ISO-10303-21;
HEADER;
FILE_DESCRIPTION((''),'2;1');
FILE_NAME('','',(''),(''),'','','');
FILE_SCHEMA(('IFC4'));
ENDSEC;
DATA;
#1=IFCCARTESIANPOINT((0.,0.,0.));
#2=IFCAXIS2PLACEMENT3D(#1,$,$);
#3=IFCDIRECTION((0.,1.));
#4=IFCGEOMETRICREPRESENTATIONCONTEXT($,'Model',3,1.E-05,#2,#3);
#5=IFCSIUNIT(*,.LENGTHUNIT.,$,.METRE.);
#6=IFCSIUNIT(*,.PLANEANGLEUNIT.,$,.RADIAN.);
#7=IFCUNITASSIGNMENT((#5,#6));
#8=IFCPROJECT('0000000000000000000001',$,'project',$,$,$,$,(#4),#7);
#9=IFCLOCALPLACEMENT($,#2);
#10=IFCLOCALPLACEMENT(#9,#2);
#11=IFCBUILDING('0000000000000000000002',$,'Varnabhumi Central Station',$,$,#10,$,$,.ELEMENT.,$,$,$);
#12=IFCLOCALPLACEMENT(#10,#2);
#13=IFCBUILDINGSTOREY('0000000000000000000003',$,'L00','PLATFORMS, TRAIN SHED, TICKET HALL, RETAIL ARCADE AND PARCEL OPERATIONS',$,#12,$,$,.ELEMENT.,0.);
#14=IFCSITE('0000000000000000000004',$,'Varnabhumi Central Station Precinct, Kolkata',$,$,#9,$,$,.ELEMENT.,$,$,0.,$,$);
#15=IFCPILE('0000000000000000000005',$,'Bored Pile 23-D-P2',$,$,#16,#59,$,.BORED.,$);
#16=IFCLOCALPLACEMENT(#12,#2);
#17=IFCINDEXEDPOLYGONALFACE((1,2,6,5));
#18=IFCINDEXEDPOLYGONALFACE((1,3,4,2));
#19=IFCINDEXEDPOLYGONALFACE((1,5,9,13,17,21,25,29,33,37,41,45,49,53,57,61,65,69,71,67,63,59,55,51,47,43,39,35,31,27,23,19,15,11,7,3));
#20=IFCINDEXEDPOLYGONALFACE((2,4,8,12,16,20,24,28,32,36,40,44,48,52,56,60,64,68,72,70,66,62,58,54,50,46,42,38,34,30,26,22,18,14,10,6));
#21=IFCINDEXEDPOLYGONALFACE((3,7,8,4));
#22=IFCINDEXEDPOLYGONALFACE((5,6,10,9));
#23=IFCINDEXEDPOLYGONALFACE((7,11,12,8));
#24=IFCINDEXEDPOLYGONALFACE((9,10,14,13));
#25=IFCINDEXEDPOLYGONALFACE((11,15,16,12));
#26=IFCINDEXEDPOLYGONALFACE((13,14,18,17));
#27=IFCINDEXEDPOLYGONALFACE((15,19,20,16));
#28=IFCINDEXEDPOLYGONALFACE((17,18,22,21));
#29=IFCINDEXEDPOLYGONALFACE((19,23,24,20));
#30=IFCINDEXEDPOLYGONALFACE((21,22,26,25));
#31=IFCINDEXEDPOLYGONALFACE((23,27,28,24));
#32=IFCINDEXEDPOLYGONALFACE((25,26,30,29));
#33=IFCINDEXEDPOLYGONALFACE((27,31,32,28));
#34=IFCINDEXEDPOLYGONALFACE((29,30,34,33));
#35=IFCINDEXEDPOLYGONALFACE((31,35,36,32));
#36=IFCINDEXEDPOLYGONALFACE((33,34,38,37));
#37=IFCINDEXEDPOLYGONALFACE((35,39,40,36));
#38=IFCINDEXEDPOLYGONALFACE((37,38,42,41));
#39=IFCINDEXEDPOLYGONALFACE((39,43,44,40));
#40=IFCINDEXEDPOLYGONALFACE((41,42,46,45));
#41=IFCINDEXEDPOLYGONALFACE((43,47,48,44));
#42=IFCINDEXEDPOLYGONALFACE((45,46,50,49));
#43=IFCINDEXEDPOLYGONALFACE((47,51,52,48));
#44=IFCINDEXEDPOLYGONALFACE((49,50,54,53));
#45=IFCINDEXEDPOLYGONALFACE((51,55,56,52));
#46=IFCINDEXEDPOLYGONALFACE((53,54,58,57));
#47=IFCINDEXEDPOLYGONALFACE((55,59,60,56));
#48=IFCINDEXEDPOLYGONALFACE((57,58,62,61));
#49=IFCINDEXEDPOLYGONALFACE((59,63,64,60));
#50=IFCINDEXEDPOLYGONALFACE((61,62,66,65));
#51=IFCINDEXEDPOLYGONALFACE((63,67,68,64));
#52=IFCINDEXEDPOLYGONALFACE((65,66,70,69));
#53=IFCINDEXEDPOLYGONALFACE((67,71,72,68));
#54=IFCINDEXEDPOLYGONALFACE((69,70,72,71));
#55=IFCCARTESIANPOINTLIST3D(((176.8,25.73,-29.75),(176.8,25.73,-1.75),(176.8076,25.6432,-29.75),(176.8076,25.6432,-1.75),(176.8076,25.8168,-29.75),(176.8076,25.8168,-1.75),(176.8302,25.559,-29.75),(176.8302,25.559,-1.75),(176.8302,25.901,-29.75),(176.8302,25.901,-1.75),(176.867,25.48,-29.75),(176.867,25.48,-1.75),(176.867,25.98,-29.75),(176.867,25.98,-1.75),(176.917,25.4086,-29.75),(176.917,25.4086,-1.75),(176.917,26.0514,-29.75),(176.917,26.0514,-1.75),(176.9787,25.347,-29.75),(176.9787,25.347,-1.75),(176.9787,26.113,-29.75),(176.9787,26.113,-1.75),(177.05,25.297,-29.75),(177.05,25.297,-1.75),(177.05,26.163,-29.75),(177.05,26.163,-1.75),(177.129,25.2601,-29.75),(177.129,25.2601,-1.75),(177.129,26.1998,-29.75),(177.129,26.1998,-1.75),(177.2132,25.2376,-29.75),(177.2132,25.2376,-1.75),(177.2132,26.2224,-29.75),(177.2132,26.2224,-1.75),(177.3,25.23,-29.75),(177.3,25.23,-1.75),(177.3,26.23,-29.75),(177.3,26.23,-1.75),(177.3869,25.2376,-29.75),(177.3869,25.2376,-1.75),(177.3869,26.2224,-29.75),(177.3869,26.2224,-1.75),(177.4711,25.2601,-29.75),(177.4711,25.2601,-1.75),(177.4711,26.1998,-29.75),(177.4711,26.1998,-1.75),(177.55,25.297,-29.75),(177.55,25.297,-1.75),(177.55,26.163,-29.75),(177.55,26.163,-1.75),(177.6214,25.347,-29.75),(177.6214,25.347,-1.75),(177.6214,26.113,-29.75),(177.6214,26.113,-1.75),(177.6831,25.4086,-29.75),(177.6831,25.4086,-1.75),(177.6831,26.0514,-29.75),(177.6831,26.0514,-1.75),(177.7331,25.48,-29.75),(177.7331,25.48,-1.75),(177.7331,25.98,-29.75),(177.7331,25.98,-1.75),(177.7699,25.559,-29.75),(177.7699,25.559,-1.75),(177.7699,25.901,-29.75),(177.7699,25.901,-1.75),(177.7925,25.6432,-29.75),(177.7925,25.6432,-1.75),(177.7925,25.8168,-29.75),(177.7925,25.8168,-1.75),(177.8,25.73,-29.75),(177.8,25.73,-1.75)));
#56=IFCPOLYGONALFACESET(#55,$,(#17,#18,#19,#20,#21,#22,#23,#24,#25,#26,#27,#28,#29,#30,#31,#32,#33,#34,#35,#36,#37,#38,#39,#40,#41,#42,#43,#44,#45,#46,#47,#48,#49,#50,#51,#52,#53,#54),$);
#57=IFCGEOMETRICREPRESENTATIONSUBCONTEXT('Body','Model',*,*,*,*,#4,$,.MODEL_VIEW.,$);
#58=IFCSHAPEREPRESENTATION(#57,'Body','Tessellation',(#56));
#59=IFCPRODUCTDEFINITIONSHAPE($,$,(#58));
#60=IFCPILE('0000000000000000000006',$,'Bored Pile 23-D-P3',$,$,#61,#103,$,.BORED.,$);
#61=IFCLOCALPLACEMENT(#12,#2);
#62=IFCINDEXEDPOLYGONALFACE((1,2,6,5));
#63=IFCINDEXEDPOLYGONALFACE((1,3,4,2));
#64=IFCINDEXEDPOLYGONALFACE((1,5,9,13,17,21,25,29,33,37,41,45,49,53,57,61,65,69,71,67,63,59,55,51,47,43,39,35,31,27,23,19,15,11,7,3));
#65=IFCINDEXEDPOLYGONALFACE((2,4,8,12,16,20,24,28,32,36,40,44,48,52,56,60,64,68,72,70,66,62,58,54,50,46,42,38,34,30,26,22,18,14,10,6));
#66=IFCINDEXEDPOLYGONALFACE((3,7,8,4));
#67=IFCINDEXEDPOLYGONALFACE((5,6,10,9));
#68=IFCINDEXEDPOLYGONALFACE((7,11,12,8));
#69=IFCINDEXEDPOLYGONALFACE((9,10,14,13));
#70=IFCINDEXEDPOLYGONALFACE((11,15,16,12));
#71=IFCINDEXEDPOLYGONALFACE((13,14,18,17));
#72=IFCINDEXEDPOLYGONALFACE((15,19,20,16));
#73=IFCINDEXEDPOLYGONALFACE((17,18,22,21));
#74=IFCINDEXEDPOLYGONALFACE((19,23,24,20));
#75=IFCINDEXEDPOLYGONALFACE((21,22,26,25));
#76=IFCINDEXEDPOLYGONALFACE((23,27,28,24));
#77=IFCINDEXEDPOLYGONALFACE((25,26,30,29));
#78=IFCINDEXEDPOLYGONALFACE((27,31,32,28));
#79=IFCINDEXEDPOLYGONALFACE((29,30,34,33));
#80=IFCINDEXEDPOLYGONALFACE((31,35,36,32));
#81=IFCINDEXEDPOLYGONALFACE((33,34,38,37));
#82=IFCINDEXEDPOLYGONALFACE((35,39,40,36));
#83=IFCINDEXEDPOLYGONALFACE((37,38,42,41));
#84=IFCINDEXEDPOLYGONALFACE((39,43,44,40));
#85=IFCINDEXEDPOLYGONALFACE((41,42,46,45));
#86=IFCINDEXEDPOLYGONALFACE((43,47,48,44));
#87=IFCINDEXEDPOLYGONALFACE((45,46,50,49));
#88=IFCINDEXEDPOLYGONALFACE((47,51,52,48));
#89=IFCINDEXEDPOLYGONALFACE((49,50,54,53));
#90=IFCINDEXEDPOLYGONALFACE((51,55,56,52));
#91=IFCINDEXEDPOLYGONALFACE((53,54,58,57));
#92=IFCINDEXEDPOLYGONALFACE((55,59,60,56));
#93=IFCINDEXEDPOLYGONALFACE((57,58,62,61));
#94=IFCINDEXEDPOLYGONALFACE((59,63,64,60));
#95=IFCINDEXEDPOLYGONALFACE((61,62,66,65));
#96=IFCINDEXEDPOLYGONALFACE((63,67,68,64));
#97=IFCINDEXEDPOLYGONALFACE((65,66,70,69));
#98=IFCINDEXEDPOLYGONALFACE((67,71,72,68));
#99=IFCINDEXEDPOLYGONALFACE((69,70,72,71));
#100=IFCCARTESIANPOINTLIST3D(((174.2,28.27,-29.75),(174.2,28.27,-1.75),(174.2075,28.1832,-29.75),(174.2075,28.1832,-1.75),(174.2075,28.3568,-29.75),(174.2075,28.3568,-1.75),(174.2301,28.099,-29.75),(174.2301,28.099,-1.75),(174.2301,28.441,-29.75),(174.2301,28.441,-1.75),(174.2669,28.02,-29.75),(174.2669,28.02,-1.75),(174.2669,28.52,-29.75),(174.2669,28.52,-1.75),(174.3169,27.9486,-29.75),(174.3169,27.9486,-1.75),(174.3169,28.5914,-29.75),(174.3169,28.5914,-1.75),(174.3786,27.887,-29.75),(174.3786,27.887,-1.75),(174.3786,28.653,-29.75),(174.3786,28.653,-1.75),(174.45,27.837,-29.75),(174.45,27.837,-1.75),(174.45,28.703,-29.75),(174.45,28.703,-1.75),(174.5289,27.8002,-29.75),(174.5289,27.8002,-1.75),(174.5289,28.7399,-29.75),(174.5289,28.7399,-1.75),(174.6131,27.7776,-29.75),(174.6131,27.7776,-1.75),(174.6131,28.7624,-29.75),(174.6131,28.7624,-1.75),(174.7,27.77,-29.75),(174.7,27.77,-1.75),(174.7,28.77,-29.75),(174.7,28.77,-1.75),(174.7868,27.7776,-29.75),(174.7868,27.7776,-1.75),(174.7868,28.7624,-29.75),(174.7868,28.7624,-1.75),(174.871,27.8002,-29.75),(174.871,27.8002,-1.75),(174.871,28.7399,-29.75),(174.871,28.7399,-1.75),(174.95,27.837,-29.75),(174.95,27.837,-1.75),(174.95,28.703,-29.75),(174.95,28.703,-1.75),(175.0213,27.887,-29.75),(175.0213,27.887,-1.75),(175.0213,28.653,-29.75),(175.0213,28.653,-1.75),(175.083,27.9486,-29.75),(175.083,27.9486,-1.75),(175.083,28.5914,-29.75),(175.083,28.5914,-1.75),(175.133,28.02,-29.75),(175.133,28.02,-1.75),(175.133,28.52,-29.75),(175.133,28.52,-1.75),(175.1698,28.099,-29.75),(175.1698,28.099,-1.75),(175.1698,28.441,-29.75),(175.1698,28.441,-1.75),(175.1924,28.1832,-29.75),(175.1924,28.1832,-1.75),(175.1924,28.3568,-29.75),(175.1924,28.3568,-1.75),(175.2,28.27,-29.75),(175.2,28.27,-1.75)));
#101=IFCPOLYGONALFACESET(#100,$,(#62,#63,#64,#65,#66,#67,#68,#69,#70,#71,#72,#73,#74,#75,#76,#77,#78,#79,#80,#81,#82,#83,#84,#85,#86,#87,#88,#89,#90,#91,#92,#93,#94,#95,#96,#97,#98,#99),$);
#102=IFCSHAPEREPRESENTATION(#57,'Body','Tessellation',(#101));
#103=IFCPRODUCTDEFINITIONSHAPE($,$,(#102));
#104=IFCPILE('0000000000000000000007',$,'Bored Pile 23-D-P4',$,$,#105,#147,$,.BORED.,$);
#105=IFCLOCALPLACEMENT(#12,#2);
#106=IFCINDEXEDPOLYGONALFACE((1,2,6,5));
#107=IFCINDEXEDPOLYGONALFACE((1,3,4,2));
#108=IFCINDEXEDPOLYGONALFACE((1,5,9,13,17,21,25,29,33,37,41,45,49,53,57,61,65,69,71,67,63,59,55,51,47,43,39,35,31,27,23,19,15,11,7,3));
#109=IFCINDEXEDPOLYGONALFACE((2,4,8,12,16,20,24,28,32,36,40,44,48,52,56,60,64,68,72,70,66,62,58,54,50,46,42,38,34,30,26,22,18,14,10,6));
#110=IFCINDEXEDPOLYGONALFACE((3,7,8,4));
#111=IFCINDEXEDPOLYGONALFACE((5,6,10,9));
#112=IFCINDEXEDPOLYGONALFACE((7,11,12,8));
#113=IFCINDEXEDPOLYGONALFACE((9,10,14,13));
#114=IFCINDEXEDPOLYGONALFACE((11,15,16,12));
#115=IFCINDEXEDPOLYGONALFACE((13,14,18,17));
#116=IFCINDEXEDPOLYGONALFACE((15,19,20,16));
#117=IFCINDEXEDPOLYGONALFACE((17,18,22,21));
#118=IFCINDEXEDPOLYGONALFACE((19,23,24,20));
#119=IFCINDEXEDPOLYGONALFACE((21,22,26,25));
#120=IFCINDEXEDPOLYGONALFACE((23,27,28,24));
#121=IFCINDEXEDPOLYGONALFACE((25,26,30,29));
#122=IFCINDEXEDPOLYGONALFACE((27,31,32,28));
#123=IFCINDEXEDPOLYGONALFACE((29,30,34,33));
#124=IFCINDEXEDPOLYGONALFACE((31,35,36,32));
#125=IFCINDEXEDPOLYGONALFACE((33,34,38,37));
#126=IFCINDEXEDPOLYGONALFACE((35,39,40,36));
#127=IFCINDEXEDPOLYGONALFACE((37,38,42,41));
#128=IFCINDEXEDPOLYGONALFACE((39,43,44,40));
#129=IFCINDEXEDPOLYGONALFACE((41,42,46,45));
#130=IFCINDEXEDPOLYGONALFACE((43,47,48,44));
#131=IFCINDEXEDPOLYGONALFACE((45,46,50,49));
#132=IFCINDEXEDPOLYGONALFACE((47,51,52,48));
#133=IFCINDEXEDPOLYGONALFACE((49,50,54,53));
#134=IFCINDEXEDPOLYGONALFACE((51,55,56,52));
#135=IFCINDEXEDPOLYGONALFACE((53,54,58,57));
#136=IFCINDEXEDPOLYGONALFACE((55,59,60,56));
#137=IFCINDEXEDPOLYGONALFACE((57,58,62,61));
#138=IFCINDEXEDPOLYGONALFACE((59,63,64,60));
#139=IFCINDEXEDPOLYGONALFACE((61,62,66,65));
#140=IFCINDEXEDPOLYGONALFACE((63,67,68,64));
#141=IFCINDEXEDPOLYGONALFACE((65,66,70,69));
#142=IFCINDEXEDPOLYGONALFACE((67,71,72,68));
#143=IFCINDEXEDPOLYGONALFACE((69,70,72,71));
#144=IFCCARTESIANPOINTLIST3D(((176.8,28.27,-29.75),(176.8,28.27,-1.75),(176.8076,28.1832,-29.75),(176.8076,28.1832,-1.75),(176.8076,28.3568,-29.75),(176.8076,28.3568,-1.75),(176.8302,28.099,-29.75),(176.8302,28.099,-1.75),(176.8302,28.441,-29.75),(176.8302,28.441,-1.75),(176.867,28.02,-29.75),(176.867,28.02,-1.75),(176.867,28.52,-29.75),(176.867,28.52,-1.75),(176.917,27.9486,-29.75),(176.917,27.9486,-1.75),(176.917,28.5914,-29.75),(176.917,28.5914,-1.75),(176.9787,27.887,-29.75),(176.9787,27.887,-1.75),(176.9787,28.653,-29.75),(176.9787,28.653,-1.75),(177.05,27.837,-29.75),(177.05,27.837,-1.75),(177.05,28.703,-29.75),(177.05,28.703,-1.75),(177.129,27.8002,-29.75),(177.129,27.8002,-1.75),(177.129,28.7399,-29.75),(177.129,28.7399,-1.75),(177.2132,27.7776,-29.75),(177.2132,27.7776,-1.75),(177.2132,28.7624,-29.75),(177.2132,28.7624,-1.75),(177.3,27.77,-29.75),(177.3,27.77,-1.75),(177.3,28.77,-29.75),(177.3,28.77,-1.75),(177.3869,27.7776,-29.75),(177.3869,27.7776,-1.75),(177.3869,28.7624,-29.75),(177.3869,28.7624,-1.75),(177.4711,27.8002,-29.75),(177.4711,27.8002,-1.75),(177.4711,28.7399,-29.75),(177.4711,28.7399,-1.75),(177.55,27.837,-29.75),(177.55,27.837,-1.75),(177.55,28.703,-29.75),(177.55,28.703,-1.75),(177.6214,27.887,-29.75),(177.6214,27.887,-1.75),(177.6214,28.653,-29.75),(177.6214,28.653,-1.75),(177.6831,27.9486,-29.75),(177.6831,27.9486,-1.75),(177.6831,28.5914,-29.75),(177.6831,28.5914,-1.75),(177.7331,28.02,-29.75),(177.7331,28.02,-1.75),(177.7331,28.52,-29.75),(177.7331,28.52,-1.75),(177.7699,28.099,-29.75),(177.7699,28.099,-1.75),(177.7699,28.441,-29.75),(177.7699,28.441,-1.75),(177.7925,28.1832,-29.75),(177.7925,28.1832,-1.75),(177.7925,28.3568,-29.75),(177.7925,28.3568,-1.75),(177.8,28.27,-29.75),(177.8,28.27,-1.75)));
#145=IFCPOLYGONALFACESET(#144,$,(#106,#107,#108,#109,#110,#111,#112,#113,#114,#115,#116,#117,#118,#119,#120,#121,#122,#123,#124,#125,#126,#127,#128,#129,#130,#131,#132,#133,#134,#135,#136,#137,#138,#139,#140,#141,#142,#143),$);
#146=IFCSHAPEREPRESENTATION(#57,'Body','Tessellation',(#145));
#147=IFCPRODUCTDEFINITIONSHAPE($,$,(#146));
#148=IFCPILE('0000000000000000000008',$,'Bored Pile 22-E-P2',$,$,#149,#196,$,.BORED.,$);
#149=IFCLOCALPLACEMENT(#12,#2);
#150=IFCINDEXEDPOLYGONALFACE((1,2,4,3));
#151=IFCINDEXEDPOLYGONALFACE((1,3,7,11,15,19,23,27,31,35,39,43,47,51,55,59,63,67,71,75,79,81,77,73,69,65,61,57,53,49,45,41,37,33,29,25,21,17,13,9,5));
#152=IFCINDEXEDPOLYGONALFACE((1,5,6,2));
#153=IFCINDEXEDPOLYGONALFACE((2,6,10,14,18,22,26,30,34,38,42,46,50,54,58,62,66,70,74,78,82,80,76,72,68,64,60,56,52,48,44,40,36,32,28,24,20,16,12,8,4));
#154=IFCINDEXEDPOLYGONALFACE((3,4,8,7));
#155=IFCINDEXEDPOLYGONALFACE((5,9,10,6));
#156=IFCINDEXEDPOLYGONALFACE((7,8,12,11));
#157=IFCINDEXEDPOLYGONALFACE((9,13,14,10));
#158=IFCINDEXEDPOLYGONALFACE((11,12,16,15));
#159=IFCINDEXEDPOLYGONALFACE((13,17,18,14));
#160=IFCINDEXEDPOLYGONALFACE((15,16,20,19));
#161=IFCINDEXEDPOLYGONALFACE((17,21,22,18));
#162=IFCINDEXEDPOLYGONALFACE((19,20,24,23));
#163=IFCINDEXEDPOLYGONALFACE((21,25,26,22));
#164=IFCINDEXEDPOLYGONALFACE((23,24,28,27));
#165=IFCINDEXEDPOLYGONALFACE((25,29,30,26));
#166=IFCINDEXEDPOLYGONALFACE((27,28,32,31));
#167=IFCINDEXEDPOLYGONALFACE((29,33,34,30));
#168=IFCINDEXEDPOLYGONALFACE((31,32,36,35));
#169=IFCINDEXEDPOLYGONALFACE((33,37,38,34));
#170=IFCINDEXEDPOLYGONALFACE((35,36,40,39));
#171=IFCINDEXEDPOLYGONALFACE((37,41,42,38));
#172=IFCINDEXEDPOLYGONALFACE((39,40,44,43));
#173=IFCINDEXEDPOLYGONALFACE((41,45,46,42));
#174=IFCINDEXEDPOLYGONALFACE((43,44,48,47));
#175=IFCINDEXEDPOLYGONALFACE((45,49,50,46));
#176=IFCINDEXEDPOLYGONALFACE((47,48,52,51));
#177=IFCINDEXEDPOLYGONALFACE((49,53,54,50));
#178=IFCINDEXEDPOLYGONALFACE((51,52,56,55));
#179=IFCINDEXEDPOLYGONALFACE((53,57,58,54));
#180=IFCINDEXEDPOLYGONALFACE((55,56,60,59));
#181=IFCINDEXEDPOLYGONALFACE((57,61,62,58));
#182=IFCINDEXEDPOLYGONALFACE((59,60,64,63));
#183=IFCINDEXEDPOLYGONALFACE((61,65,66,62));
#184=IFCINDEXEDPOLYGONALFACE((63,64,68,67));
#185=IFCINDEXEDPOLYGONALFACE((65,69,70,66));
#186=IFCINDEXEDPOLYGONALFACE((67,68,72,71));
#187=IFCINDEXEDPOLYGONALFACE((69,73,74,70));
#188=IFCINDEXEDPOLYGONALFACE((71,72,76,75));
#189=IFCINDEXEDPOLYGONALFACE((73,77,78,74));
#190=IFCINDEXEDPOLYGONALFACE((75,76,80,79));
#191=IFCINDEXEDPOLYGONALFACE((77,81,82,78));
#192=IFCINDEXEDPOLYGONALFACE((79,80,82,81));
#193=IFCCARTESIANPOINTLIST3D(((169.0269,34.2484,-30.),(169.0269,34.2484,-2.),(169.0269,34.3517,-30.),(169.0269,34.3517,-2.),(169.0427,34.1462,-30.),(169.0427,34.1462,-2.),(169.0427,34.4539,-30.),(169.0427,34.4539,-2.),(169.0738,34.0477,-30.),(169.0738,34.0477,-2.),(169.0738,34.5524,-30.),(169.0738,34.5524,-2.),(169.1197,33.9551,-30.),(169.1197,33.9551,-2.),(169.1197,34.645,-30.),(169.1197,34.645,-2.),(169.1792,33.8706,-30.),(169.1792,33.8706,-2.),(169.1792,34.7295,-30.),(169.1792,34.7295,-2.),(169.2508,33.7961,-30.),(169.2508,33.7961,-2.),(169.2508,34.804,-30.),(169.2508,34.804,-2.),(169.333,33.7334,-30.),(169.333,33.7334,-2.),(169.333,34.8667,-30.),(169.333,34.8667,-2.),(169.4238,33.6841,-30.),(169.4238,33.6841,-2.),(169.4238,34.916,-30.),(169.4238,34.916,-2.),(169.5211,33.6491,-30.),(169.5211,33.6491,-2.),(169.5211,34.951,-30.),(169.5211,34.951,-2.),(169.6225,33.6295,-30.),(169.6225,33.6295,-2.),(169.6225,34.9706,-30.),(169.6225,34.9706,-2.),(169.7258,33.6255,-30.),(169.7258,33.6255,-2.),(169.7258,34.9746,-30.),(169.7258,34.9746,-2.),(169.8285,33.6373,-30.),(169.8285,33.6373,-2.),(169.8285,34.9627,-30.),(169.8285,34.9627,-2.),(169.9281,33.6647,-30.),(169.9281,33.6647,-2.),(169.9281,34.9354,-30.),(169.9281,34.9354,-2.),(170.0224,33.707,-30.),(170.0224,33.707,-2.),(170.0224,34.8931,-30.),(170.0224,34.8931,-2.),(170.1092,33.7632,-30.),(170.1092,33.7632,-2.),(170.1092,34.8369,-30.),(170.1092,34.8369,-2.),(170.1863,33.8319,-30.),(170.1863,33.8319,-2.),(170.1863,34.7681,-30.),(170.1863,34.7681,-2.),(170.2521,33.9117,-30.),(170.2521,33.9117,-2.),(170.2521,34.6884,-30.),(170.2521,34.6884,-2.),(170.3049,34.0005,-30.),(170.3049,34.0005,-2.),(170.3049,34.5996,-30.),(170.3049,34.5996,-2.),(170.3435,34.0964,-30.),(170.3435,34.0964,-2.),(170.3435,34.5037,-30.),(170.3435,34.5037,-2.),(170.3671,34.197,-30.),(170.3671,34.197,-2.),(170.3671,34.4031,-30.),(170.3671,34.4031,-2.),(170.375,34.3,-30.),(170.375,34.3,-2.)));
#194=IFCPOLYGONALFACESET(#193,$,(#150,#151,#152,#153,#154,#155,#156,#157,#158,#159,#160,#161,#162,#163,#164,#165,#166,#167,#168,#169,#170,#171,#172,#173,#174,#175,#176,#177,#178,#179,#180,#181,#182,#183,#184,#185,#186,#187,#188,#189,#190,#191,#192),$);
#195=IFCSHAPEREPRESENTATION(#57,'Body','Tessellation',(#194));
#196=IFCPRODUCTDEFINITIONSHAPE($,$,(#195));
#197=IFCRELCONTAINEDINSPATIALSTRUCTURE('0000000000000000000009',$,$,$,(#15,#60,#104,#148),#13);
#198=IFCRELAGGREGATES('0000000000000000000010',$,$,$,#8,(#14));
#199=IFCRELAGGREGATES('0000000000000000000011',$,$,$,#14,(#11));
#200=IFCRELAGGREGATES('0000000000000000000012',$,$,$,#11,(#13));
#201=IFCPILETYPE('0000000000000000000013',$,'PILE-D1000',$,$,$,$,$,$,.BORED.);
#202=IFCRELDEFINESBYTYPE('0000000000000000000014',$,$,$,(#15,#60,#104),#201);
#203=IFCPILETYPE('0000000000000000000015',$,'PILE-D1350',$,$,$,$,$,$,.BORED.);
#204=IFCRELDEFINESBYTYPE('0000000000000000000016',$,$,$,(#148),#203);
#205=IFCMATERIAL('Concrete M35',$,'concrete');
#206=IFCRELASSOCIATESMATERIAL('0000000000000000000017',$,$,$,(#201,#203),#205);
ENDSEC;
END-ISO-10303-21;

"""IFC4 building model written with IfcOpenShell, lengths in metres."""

from ifc_helpers import new_model, si_unit, direction, frame, origin, origin_2d, place, context, subcontext, project, spatial, circle, extrude, material, material_profile, profile_set, type_object, element, save


model = new_model("IFC4")

# Units and contexts
model_context = context("Model", 3, precision=1e-05, world=origin(), true_north=direction((0.0, 1.0)))
body_context = subcontext(model_context, "Body", "Model", "MODEL_VIEW")
ifc_project = project(units=[si_unit("LENGTHUNIT", "METRE"), si_unit("PLANEANGLEUNIT", "RADIAN")], contexts=[model_context])

# Site, building, storey
site_placement = place(None, origin())
site = spatial("IfcSite", under=ifc_project, at=site_placement, Name="Varnabhumi Central Station Precinct, Kolkata", CompositionType="ELEMENT", RefElevation=0.0)
building_placement = place(site_placement, origin())
building = spatial("IfcBuilding", under=site, at=building_placement, Name="Varnabhumi Central Station", CompositionType="ELEMENT")
storey_placement = place(building_placement, origin())
storey = spatial("IfcBuildingStorey", under=building, at=storey_placement, Name="L00", Description="PLATFORMS, TRAIN SHED, TICKET HALL, RETAIL ARCADE AND PARCEL OPERATIONS", CompositionType="ELEMENT", Elevation=0.0)

# Piles
ifc_material_1 = material(Name="Concrete M35", Category="concrete")
ifc_material_profile_1 = material_profile(ifc_material_1, circle(Radius=0.5, at=origin_2d()), Name="Concrete M35", Category="concrete")
ifc_profile_set_1 = profile_set([ifc_material_profile_1], Name="Concrete M35")
pile_type_1 = type_object("IfcPileType", Name="PILE-D1000", PredefinedType="BORED", material=ifc_profile_set_1)
for number, where, z_axis, x_axis, name in (
    (1, (177.3, 25.73, -1.75), (0.0, 0.0, -1.0), (1.0, 0.0, 0.0), "Bored Pile 23-D-P2"),
    (2, (174.7, 28.27, -1.75), (0.0, 0.0, -1.0), (1.0, 0.0, 0.0), "Bored Pile 23-D-P3"),
    (3, (177.3, 28.27, -1.75), (0.0, 0.0, -1.0), (1.0, 0.0, 0.0), "Bored Pile 23-D-P4"),
):
    element("IfcPile", number, at=place(storey_placement, frame(where, z_axis=z_axis, x_axis=x_axis)), inside=storey, type_object=pile_type_1, Name=name, PredefinedType="BORED", context=body_context, shape_type="SweptSolid", body=[
        extrude(circle(Radius=0.5, at=origin_2d()), origin(), (0.0, 0.0, 1.0), 28.0),
    ])
ifc_material_profile_2 = material_profile(ifc_material_1, circle(Radius=0.675, at=origin_2d()), Name="Concrete M35", Category="concrete")
ifc_profile_set_2 = profile_set([ifc_material_profile_2], Name="Concrete M35")
pile_type_2 = type_object("IfcPileType", Name="PILE-D1350", PredefinedType="BORED", material=ifc_profile_set_2)
for number, where, z_axis, x_axis, name in (
    (4, (169.7, 34.3, -2.0), (0.0, 0.0, -1.0), (1.0, 0.0, 0.0), "Bored Pile 22-E-P2"),
):
    element("IfcPile", number, at=place(storey_placement, frame(where, z_axis=z_axis, x_axis=x_axis)), inside=storey, type_object=pile_type_2, Name=name, PredefinedType="BORED", context=body_context, shape_type="SweptSolid", body=[
        extrude(circle(Radius=0.675, at=origin_2d()), origin(), (0.0, 0.0, 1.0), 28.0),
    ])

save(model, "model.ifc")
